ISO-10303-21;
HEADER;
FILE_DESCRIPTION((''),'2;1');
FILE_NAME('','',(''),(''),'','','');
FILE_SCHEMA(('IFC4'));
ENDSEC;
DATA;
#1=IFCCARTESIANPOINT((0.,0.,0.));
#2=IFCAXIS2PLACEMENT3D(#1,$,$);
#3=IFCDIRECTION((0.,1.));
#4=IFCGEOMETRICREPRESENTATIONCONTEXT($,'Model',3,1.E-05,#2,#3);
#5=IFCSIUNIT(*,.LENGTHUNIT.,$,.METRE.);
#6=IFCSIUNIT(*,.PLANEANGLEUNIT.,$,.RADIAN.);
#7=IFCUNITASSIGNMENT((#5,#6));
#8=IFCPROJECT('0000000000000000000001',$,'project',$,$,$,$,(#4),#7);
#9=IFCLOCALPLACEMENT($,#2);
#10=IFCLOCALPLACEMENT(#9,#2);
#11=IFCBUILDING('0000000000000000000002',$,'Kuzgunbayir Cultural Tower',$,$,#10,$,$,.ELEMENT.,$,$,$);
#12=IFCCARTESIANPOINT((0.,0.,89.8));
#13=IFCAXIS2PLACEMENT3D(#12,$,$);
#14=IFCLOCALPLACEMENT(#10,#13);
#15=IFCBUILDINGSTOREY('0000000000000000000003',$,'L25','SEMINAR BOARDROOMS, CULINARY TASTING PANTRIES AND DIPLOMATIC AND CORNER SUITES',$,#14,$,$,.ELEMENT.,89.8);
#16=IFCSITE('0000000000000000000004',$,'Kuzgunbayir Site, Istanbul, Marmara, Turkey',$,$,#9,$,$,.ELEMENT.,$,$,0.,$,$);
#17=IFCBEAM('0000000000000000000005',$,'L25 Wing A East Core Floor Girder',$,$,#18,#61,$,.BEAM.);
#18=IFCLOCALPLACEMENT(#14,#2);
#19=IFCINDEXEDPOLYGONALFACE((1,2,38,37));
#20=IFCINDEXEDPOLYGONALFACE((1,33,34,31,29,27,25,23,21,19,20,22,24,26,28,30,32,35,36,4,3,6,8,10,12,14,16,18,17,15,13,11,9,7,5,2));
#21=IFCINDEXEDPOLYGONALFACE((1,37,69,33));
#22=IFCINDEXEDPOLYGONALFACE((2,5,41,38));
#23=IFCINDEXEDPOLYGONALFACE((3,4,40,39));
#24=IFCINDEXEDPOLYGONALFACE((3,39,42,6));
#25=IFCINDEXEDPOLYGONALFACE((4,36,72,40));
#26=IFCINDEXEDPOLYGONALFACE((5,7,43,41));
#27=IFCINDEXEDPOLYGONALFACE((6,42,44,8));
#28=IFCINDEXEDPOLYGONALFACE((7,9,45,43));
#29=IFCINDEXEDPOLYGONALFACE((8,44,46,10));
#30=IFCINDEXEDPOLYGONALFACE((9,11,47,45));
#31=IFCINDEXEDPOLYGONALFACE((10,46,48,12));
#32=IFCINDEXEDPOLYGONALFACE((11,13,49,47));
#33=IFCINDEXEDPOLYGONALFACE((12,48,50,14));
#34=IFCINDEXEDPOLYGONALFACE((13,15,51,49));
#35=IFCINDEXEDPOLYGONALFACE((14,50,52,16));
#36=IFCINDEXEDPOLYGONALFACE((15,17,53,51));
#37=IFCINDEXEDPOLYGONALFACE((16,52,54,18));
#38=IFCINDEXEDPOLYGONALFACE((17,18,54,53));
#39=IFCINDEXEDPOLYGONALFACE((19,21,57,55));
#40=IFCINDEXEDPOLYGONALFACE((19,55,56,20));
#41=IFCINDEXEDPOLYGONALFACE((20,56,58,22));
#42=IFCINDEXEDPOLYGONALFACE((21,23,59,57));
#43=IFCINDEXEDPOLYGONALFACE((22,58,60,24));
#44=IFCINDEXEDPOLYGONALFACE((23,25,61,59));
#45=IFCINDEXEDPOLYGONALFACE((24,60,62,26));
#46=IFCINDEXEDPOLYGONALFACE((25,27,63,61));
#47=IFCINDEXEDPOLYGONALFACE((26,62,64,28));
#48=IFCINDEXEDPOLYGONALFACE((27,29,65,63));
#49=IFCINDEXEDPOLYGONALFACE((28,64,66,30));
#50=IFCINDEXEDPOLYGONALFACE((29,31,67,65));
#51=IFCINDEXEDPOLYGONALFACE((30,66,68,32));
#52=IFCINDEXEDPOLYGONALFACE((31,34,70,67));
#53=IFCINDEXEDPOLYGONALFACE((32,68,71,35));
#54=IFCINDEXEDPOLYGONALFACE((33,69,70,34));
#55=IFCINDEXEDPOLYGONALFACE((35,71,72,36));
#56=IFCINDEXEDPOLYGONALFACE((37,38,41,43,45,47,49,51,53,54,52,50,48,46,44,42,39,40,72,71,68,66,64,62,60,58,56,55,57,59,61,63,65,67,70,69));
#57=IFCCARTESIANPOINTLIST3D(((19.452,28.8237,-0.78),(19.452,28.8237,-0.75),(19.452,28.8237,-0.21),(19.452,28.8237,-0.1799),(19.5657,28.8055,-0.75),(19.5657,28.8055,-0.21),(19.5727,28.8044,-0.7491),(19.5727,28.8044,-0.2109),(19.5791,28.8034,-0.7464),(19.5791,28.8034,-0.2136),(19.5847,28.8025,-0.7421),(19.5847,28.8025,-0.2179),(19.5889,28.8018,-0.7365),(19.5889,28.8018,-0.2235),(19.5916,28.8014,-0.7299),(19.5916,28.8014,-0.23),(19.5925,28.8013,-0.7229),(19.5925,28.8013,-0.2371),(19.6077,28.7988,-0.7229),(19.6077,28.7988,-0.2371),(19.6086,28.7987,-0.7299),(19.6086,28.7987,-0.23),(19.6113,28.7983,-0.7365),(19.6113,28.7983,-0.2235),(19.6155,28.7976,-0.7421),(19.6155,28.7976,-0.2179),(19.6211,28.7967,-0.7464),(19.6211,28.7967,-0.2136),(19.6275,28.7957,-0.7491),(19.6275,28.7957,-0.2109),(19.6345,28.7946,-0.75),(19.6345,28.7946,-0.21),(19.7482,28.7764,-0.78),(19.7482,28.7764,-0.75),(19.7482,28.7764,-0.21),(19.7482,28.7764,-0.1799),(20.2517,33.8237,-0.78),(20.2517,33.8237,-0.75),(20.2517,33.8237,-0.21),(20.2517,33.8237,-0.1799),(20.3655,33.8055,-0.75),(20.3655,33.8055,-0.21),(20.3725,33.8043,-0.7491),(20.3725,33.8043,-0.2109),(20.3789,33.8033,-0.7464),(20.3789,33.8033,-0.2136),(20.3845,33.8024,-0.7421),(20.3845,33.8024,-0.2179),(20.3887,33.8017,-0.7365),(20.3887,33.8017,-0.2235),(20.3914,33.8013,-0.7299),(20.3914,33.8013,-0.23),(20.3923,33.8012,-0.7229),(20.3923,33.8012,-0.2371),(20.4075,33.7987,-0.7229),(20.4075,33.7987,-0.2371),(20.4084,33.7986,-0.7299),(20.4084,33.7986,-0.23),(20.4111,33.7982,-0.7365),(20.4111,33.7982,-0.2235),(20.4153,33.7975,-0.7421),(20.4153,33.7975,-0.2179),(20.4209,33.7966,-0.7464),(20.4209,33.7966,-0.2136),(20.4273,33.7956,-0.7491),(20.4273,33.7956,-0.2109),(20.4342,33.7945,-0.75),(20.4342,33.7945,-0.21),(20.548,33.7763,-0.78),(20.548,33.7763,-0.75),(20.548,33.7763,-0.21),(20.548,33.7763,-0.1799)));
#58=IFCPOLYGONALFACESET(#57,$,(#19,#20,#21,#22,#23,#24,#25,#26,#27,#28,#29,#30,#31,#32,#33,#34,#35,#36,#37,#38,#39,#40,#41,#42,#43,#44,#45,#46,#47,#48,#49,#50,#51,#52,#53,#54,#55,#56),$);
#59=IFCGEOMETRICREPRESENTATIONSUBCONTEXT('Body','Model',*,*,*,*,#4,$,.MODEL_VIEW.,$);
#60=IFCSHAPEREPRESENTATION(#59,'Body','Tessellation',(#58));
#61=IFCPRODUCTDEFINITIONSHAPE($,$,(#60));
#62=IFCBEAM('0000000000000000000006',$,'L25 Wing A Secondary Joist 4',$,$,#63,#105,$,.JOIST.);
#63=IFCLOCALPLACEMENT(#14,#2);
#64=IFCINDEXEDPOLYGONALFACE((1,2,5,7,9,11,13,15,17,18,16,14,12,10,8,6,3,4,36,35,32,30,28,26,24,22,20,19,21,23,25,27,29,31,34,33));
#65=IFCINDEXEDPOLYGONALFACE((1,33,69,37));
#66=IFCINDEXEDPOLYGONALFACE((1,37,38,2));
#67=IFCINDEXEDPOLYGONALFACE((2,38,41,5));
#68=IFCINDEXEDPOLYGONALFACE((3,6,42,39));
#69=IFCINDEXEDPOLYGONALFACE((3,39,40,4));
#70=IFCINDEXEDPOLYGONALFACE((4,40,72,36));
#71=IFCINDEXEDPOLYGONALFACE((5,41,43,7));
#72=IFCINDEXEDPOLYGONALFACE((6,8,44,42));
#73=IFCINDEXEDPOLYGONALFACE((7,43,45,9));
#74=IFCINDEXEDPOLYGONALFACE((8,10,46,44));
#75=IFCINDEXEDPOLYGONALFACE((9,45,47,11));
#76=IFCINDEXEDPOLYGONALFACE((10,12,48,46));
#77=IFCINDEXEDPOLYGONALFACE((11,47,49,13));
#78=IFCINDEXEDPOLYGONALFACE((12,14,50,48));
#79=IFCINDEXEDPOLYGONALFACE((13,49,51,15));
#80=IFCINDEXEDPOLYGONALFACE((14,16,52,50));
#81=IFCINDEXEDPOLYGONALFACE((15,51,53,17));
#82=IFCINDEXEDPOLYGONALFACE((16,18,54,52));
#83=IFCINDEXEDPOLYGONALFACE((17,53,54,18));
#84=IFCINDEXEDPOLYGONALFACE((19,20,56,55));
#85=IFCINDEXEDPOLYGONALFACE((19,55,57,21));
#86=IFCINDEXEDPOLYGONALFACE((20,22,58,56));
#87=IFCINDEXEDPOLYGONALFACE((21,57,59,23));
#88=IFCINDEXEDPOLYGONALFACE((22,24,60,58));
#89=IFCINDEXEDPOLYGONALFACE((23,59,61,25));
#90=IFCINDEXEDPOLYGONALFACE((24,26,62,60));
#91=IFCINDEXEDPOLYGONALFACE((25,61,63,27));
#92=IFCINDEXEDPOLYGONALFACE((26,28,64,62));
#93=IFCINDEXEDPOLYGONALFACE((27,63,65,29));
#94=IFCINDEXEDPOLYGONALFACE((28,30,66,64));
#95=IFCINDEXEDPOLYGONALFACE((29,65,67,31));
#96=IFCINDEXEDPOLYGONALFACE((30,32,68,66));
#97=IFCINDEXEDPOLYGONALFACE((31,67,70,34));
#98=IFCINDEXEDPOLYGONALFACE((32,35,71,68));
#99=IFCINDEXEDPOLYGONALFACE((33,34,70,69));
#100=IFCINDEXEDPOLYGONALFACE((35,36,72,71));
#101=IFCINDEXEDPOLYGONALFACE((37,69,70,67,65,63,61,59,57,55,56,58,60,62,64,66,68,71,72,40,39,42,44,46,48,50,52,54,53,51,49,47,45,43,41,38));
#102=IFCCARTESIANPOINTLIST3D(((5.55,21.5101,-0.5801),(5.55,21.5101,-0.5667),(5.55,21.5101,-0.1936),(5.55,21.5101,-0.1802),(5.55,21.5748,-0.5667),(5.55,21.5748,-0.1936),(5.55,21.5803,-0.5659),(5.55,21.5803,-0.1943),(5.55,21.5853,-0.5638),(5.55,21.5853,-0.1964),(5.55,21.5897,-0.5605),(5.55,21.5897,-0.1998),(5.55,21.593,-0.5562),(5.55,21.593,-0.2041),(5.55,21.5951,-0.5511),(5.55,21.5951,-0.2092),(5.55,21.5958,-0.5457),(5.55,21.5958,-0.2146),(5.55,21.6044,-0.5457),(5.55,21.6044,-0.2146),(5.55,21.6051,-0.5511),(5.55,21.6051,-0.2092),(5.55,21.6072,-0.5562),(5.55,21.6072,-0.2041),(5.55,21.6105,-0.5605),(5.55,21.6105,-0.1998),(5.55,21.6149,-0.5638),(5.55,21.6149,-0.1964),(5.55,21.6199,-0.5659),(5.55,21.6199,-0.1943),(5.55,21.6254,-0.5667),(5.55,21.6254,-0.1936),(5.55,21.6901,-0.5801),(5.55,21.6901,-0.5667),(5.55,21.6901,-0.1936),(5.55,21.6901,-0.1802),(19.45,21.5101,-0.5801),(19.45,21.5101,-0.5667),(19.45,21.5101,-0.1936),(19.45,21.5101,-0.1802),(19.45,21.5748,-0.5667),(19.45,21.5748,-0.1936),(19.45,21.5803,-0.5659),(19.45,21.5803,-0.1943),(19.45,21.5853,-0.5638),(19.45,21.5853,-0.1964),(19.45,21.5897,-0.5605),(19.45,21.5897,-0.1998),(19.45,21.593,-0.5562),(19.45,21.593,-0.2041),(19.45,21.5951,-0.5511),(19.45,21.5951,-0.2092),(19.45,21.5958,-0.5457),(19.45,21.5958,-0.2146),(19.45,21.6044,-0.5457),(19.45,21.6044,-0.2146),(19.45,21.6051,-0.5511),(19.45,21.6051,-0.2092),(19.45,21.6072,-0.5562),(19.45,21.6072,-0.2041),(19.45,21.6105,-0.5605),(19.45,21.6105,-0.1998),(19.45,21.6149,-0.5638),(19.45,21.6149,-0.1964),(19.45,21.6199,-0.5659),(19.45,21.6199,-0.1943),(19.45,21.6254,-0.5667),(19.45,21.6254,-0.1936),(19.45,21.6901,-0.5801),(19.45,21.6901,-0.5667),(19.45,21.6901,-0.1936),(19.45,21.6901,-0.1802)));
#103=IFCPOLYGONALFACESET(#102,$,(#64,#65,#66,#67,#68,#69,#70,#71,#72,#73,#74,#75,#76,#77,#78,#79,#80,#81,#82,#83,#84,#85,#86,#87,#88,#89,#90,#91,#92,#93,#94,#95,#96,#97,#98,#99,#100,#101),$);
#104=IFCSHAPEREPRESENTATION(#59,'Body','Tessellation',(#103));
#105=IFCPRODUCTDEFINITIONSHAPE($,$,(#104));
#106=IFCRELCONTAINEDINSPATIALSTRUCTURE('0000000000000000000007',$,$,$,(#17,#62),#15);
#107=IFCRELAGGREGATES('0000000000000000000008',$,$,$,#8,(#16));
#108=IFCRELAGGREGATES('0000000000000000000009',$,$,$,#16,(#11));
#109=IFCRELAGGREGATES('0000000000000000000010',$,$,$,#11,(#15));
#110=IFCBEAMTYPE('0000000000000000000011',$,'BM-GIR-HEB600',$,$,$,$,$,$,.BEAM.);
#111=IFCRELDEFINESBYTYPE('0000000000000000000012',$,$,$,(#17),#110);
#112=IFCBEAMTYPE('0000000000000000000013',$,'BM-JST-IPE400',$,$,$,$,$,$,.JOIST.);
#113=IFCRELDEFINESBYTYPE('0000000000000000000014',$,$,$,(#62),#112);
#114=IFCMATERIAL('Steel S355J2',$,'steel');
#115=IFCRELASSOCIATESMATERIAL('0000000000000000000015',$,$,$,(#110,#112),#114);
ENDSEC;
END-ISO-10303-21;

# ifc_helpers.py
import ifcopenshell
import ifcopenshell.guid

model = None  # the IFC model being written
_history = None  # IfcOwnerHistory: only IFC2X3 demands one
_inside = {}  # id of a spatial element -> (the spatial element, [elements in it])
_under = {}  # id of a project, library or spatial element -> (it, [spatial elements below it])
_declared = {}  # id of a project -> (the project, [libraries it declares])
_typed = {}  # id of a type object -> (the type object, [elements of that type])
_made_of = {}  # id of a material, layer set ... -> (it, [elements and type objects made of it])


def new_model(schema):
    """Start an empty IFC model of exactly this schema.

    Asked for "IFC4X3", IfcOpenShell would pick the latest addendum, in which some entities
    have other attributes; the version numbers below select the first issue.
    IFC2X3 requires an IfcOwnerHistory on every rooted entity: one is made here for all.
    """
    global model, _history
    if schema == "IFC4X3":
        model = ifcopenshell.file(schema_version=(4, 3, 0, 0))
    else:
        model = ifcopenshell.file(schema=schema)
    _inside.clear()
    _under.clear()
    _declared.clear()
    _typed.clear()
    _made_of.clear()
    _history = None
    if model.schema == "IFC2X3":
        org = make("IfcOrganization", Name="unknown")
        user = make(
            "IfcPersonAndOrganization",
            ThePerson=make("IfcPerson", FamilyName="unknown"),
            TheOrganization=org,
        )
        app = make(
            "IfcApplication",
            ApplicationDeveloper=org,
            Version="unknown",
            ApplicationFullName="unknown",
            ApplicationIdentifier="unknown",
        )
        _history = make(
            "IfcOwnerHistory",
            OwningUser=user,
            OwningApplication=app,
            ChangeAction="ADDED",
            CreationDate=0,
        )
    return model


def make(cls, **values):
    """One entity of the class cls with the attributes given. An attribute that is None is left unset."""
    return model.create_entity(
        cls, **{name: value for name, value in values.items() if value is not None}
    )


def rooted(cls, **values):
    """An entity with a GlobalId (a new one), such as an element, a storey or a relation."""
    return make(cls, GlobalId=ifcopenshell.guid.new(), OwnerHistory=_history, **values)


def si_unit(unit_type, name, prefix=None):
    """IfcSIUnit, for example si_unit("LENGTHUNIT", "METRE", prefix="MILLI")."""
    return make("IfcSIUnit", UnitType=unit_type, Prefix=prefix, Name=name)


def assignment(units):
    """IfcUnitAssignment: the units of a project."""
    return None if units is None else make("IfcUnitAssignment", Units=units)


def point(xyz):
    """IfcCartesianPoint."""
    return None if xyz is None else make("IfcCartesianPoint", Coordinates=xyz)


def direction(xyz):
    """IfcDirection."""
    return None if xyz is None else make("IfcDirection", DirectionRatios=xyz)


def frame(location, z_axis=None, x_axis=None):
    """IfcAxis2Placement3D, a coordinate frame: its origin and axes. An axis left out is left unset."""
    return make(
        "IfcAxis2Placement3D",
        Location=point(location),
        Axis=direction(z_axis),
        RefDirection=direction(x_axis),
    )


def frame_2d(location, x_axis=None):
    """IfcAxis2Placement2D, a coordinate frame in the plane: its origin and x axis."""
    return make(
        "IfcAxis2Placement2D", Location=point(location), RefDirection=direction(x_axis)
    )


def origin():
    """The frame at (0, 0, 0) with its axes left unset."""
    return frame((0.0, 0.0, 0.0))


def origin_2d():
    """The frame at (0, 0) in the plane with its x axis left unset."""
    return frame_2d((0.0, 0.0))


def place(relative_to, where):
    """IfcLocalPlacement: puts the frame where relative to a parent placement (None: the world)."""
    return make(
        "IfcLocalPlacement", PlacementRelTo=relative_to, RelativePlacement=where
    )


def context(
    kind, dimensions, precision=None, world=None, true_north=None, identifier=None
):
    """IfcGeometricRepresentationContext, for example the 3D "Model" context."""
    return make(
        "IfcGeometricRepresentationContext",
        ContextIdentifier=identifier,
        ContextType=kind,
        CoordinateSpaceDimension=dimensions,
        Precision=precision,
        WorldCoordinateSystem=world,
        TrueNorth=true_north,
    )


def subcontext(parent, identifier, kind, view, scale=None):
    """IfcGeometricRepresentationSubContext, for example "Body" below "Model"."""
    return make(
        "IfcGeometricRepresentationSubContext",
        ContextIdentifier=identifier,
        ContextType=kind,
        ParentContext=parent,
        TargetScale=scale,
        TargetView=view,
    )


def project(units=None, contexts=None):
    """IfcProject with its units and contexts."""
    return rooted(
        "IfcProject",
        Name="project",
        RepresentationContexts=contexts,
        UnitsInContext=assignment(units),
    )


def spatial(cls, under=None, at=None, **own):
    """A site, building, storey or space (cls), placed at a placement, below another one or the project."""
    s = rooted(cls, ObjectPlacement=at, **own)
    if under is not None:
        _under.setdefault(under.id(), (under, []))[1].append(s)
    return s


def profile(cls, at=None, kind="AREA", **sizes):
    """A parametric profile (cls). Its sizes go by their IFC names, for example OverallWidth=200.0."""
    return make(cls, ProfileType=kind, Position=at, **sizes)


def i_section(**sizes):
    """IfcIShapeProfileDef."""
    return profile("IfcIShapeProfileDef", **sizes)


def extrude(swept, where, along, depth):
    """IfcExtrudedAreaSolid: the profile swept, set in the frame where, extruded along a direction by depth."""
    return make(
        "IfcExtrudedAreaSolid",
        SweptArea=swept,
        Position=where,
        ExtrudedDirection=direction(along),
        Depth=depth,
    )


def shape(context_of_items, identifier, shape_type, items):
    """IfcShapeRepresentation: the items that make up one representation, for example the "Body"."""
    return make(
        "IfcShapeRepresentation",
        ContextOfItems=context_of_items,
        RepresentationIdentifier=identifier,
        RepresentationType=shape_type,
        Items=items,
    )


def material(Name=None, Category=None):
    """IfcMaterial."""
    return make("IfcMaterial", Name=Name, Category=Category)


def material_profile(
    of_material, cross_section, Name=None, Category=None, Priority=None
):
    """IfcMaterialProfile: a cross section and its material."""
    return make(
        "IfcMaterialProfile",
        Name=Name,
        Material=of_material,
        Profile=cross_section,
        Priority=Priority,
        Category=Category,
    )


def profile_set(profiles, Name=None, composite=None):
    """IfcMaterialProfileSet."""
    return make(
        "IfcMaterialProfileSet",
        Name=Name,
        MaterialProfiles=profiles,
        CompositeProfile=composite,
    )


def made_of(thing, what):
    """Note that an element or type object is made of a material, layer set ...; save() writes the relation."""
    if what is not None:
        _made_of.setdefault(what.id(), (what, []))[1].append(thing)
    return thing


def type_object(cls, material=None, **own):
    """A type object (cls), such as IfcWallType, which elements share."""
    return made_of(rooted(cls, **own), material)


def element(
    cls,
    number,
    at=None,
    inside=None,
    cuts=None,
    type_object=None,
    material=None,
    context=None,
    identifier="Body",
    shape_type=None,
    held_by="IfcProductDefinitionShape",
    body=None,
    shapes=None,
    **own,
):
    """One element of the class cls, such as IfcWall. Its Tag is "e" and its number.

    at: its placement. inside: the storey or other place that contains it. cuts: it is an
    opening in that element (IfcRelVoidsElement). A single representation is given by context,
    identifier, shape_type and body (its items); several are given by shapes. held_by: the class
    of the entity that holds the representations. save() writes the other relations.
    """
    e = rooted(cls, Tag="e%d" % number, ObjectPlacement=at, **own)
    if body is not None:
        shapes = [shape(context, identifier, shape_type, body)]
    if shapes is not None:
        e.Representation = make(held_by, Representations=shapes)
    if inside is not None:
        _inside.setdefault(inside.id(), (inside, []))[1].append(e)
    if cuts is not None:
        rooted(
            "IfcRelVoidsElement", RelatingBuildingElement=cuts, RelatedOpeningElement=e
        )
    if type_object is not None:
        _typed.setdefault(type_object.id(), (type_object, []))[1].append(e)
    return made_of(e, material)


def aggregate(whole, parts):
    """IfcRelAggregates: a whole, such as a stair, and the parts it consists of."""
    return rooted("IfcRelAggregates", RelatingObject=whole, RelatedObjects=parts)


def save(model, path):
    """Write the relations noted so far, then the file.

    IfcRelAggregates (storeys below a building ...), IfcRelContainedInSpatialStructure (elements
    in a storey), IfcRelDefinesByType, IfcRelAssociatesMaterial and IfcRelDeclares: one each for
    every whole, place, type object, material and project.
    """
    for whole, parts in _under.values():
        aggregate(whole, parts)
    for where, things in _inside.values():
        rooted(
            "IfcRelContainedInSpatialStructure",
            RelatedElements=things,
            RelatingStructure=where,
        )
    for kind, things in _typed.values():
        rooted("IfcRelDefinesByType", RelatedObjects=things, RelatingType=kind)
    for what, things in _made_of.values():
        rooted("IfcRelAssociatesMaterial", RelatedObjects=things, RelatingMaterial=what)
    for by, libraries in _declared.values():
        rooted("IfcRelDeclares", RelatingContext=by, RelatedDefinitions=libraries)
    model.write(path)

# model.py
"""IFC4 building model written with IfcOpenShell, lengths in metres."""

from ifc_helpers import new_model, si_unit, direction, frame, origin, origin_2d, place, context, subcontext, project, spatial, i_section, extrude, material, material_profile, profile_set, type_object, element, save


model = new_model("IFC4")

# Units and contexts
model_context = context("Model", 3, precision=1e-05, world=origin(), true_north=direction((0.0, 1.0)))
body_context = subcontext(model_context, "Body", "Model", "MODEL_VIEW")
ifc_project = project(units=[si_unit("LENGTHUNIT", "METRE"), si_unit("PLANEANGLEUNIT", "RADIAN")], contexts=[model_context])

# Site, building, storey
site_placement = place(None, origin())
site = spatial("IfcSite", under=ifc_project, at=site_placement, Name="Kuzgunbayir Site, Istanbul, Marmara, Turkey", CompositionType="ELEMENT", RefElevation=0.0)
building_placement = place(site_placement, origin())
building = spatial("IfcBuilding", under=site, at=building_placement, Name="Kuzgunbayir Cultural Tower", CompositionType="ELEMENT")
storey_placement = place(building_placement, frame((0.0, 0.0, 89.8)))
storey = spatial("IfcBuildingStorey", under=building, at=storey_placement, Name="L25", Description="SEMINAR BOARDROOMS, CULINARY TASTING PANTRIES AND DIPLOMATIC AND CORNER SUITES", CompositionType="ELEMENT", Elevation=89.8)

# Beams
ifc_material_1 = material(Name="Steel S355J2", Category="steel")
ifc_material_profile_1 = material_profile(ifc_material_1, i_section(OverallWidth=0.3, OverallDepth=0.6001, WebThickness=0.0154, FlangeThickness=0.03, FilletRadius=0.0271, at=origin_2d()), Name="HEB 600")
ifc_profile_set_1 = profile_set([ifc_material_profile_1], Name="Steel S355J2")
beam_type_1 = type_object("IfcBeamType", Name="BM-GIR-HEB600", PredefinedType="BEAM", material=ifc_profile_set_1)
beam_1_placement = place(storey_placement, frame((19.6001, 28.8, -0.48), z_axis=(0.157953, 0.987447, 0.0), x_axis=(-0.987447, 0.157953, 0.0)))
element("IfcBeam", 1, at=beam_1_placement, inside=storey, type_object=beam_type_1, Name="L25 Wing A East Core Floor Girder", PredefinedType="BEAM", context=body_context, shape_type="SweptSolid", body=[
    extrude(i_section(OverallWidth=0.3, OverallDepth=0.6001, WebThickness=0.0154, FlangeThickness=0.03, FilletRadius=0.0271, at=origin_2d()), origin(), (0.0, 0.0, 1.0), 5.0635),
])
ifc_material_profile_2 = material_profile(ifc_material_1, i_section(OverallWidth=0.1799, OverallDepth=0.3999, WebThickness=0.0085, FlangeThickness=0.0134, FilletRadius=0.021, at=origin_2d()), Name="IPE 400")
ifc_profile_set_2 = profile_set([ifc_material_profile_2], Name="Steel S355J2")
beam_type_2 = type_object("IfcBeamType", Name="BM-JST-IPE400", PredefinedType="JOIST", material=ifc_profile_set_2)
beam_2_placement = place(storey_placement, frame((5.55, 21.6001, -0.3801), z_axis=(1.0, 0.0, 0.0), x_axis=(0.0, 1.0, 0.0)))
element("IfcBeam", 2, at=beam_2_placement, inside=storey, type_object=beam_type_2, Name="L25 Wing A Secondary Joist 4", PredefinedType="JOIST", context=body_context, shape_type="SweptSolid", body=[
    extrude(i_section(OverallWidth=0.1799, OverallDepth=0.3999, WebThickness=0.0085, FlangeThickness=0.0134, FilletRadius=0.021, at=origin_2d()), origin(), (0.0, 0.0, 1.0), 13.8999),
])

save(model, "model.ifc")
